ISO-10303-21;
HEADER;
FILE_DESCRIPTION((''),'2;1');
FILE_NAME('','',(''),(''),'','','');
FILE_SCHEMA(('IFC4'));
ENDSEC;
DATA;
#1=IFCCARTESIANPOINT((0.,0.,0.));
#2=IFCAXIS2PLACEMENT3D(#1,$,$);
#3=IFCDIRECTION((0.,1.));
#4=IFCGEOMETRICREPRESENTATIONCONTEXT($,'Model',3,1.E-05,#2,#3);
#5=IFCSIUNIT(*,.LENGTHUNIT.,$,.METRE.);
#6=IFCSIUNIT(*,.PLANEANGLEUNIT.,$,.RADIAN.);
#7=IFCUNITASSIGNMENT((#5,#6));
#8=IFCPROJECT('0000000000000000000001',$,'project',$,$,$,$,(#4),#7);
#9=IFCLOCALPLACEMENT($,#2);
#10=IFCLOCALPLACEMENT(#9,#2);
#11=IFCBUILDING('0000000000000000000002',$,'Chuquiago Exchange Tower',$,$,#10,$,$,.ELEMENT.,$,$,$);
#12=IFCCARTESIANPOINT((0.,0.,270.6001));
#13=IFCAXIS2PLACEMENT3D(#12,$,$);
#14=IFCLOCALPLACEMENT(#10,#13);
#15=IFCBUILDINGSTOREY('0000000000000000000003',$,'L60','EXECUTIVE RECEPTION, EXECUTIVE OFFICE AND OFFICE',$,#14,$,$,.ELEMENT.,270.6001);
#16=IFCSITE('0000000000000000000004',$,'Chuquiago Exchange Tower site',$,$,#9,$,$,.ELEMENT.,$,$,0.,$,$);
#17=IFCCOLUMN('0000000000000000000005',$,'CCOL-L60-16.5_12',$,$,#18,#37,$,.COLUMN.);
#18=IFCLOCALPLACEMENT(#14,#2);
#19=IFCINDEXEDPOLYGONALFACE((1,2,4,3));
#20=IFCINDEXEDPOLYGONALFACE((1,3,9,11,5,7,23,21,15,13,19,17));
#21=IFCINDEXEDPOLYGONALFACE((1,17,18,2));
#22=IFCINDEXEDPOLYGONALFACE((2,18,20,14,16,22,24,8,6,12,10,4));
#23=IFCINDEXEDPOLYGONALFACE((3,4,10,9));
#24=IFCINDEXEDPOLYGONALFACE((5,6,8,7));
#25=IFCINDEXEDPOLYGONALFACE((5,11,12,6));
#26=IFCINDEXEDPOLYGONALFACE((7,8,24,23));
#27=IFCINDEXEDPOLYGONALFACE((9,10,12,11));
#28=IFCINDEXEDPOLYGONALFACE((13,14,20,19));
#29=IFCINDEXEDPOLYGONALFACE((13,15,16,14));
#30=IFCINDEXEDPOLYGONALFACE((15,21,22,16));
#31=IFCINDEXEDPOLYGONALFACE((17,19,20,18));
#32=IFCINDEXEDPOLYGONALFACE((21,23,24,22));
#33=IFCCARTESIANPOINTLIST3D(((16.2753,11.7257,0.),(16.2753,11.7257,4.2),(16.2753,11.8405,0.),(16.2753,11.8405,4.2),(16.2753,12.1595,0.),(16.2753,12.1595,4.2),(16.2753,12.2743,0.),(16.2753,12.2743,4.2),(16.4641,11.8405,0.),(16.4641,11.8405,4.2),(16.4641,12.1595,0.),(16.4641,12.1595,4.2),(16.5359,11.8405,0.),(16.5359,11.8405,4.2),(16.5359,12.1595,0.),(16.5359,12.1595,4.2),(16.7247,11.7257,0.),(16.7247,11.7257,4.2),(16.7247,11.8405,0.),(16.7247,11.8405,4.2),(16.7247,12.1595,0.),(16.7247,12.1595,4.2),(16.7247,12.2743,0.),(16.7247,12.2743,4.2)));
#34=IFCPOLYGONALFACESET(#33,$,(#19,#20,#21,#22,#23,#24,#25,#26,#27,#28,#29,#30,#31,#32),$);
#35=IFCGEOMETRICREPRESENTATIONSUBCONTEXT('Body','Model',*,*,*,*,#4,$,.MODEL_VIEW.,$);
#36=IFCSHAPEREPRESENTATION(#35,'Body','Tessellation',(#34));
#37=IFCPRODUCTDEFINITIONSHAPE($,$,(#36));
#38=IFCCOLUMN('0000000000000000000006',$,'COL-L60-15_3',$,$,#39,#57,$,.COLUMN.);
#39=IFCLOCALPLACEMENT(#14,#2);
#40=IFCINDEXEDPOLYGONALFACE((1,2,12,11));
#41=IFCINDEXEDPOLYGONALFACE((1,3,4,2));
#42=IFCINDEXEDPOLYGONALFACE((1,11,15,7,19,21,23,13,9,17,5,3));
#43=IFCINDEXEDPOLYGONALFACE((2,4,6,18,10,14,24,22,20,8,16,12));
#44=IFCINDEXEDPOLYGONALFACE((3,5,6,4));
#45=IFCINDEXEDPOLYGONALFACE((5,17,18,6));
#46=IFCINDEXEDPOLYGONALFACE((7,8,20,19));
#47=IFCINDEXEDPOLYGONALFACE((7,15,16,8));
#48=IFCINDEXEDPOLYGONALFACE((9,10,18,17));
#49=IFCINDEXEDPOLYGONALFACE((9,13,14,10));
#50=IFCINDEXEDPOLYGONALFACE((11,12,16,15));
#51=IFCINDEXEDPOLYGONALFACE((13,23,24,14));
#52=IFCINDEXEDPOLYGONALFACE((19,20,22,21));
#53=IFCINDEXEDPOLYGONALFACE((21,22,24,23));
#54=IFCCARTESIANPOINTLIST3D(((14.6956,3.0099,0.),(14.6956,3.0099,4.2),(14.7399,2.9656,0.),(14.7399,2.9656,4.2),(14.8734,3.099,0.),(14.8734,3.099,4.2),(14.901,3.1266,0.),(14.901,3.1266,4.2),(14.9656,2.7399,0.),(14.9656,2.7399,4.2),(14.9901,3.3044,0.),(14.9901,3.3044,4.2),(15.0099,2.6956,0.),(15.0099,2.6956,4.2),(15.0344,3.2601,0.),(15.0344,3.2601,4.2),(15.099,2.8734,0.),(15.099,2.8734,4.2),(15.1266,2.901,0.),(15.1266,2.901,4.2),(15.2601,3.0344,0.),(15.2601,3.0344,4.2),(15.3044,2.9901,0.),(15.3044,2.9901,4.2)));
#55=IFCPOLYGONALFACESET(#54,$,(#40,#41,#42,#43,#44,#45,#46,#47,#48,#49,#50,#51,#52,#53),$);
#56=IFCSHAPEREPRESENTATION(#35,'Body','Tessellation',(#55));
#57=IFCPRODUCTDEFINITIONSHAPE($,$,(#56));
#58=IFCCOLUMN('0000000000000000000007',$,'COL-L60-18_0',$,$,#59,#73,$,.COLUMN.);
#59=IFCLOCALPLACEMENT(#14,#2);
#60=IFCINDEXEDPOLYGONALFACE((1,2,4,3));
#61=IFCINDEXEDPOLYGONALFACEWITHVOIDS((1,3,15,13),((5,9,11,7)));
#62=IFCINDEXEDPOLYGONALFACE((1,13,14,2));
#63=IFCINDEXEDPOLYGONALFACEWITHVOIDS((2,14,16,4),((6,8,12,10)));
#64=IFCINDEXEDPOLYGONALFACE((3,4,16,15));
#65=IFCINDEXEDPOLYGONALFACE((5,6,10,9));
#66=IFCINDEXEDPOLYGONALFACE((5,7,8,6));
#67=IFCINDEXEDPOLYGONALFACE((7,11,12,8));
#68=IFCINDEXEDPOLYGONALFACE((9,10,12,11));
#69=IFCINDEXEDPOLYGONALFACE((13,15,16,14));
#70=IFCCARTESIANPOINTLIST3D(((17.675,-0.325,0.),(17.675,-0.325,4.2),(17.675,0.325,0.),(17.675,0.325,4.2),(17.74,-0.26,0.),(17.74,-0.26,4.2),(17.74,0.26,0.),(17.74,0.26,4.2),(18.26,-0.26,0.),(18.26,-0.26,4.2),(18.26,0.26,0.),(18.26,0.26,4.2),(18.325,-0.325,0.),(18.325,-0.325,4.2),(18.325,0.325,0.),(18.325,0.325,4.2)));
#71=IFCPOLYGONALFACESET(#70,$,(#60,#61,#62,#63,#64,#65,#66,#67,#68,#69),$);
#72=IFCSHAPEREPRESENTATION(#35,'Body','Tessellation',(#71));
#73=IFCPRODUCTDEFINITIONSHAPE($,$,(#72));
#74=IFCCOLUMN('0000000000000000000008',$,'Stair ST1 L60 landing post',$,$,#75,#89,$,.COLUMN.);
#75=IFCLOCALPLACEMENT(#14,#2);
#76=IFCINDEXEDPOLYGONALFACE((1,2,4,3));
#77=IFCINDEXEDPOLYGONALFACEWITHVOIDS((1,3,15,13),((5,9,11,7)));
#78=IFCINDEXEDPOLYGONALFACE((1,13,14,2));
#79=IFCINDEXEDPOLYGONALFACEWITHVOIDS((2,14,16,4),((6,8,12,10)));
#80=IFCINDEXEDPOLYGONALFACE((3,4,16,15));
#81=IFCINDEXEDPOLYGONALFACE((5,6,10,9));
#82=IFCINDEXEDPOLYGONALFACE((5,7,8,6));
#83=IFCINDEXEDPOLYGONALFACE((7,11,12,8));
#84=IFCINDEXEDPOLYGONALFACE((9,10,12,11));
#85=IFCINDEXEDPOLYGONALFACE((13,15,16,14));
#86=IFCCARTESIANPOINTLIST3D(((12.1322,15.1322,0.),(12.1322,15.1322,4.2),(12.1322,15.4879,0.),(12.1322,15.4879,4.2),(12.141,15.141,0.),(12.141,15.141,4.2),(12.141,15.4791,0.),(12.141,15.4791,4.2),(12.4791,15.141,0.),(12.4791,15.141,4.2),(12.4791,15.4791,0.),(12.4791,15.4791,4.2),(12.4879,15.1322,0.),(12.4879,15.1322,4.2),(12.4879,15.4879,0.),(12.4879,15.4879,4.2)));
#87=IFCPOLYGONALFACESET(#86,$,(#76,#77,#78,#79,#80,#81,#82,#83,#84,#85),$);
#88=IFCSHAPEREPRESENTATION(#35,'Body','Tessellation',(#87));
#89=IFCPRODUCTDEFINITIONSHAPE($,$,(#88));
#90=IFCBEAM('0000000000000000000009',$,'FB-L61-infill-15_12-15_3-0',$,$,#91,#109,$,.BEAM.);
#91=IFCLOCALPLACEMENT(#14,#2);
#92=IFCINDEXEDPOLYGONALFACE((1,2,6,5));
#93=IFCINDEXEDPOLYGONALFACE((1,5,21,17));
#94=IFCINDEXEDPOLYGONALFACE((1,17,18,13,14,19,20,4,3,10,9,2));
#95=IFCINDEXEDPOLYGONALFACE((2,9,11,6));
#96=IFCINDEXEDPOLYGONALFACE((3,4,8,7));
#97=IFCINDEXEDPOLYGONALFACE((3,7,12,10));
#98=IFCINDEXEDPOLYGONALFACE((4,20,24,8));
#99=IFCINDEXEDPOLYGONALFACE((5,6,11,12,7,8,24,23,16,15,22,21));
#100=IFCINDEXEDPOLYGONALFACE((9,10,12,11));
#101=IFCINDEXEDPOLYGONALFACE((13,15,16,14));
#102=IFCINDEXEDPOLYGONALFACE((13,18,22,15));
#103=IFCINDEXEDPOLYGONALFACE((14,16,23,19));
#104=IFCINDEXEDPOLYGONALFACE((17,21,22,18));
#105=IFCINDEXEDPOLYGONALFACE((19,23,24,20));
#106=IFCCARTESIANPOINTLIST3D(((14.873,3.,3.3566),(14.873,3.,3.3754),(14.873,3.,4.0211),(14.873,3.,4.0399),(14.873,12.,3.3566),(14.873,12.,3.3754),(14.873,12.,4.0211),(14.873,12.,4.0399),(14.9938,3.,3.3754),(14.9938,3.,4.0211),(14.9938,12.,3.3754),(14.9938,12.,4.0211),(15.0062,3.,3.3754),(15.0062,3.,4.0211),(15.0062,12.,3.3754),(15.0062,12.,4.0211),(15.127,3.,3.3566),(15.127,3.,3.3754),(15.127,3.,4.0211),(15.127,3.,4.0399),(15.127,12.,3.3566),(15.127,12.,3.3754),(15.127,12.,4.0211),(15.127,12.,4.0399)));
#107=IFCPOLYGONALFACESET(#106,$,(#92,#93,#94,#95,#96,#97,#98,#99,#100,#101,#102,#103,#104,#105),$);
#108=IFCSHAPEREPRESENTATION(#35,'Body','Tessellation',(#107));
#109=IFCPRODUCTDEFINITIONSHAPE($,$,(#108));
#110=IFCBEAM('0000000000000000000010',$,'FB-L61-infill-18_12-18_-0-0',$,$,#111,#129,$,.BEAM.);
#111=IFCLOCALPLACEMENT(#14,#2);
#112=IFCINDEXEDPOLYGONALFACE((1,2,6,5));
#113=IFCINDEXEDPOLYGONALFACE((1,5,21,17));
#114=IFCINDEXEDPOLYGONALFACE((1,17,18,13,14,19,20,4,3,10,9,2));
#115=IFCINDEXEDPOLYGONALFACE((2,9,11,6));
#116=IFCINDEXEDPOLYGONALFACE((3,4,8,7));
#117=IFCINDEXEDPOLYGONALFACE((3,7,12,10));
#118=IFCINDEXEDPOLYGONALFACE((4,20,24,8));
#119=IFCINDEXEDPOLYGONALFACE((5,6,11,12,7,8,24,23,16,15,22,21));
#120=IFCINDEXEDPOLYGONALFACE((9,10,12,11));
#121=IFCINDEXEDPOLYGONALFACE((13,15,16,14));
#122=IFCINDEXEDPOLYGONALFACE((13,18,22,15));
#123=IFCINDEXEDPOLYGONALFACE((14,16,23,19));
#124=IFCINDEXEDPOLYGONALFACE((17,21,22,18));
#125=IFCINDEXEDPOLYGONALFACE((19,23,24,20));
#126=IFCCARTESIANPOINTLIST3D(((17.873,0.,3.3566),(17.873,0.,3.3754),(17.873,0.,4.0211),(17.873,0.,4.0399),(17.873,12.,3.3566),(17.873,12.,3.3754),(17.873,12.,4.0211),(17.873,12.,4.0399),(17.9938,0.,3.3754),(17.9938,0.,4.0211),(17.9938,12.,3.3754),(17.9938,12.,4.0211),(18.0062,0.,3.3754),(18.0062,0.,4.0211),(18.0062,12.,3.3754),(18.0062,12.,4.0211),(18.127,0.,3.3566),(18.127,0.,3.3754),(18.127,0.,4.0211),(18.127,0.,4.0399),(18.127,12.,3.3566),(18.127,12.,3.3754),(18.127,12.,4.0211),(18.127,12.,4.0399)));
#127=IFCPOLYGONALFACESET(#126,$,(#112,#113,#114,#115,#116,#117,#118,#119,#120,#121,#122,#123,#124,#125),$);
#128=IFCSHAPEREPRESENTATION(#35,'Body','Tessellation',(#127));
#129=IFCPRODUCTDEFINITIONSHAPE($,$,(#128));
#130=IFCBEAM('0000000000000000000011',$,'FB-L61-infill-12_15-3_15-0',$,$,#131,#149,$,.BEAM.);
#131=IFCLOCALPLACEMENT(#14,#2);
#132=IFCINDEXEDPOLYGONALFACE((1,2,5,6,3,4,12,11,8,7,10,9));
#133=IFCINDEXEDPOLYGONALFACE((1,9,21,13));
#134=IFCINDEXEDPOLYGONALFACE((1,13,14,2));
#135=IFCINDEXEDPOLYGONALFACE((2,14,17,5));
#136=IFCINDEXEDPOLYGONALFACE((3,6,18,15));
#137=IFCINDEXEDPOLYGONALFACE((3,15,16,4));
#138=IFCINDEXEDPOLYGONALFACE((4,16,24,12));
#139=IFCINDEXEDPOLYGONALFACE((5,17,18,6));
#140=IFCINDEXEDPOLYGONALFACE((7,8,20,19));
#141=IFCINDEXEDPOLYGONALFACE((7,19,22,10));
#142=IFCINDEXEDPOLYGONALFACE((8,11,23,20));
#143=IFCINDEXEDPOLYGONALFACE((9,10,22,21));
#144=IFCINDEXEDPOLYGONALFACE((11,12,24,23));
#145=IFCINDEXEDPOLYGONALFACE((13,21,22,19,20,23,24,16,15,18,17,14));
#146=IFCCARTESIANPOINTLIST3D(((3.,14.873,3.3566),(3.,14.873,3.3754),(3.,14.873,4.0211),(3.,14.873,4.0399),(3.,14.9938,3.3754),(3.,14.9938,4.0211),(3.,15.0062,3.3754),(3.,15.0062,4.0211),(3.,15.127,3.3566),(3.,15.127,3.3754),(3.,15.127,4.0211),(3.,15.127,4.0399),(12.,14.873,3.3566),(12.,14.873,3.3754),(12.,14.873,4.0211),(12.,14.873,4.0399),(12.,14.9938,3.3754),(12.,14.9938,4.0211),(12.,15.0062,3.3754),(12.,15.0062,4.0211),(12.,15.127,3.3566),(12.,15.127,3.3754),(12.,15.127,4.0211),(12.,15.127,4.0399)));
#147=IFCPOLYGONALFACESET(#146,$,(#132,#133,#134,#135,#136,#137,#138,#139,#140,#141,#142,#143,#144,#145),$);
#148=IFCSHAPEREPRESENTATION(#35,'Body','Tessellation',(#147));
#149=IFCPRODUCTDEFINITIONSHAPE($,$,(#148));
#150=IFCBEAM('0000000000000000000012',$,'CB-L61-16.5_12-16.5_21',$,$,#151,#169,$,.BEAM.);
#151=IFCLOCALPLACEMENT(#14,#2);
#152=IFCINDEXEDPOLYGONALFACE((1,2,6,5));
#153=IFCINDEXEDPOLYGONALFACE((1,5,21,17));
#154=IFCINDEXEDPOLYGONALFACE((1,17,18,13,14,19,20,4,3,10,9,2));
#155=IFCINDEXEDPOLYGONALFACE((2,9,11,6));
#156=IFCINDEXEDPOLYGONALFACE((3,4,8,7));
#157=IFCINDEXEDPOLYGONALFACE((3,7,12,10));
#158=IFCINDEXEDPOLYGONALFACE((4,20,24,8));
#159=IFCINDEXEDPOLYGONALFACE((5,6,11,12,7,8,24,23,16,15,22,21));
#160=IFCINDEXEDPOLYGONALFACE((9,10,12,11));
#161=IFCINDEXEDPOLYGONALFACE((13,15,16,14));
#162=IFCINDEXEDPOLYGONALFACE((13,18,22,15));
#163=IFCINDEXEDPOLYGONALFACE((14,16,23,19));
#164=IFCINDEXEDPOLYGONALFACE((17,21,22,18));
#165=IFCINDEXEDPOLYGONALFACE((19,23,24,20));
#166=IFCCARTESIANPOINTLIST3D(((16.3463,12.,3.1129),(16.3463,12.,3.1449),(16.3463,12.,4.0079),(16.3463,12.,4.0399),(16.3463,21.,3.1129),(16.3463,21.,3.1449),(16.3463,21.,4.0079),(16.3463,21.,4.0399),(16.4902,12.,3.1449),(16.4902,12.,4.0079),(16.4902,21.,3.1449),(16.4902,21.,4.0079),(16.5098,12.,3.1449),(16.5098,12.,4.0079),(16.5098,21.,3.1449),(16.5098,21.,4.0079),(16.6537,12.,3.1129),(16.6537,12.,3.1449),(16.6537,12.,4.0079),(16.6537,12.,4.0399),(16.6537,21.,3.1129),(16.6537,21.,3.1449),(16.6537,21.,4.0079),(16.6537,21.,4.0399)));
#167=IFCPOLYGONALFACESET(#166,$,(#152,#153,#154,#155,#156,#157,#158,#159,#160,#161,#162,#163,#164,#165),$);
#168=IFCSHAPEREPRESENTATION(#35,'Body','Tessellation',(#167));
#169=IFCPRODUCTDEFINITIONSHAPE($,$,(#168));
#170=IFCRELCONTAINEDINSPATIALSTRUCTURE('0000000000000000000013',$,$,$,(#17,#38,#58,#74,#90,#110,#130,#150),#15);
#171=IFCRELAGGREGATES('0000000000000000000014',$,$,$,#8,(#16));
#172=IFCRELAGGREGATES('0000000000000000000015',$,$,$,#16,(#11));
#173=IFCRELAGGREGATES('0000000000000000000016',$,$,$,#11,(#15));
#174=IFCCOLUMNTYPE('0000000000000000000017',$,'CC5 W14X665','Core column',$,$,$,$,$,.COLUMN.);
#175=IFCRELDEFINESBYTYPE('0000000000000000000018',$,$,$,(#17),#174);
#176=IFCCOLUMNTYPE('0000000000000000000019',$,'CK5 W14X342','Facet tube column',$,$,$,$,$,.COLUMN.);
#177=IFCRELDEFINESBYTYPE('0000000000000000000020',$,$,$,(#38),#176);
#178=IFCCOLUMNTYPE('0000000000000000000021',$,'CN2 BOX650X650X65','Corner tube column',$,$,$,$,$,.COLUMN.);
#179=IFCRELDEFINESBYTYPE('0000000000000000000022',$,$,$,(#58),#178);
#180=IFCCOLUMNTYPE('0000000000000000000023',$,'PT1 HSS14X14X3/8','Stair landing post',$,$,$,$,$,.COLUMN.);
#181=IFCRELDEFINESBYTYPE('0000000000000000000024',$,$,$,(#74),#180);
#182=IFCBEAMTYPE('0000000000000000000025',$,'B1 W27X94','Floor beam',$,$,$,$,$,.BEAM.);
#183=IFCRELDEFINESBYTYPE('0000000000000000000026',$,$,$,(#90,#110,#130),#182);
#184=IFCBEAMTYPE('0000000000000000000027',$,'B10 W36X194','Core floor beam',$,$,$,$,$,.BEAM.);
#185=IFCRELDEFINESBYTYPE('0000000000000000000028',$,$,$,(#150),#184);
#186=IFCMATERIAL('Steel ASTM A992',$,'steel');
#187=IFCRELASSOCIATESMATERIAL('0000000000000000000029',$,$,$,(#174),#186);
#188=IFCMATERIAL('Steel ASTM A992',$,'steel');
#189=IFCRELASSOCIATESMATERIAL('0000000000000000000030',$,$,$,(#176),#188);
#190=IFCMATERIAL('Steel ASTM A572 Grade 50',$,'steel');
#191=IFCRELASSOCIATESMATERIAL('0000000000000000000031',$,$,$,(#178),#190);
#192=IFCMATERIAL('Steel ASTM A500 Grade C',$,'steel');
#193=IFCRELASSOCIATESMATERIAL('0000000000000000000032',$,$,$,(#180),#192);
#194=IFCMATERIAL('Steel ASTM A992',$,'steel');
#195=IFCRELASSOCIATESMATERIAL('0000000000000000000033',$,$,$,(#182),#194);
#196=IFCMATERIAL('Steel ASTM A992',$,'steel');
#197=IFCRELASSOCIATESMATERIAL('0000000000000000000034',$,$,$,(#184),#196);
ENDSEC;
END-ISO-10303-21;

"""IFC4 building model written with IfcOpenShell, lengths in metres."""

from ifc_helpers import new_model, si_unit, direction, frame, origin, origin_2d, place, context, subcontext, project, spatial, hollow_rectangle, i_section, extrude, material, material_profile, profile_set, type_object, element, save


model = new_model("IFC4")

# Units and contexts
model_context = context("Model", 3, precision=1e-05, world=origin(), true_north=direction((0.0, 1.0)))
body_context = subcontext(model_context, "Body", "Model", "MODEL_VIEW")
ifc_project = project(units=[si_unit("LENGTHUNIT", "METRE"), si_unit("PLANEANGLEUNIT", "RADIAN")], contexts=[model_context])

# Site, building, storey
site_placement = place(None, origin())
site = spatial("IfcSite", under=ifc_project, at=site_placement, Name="Chuquiago Exchange Tower site", CompositionType="ELEMENT", RefElevation=0.0)
building_placement = place(site_placement, origin())
building = spatial("IfcBuilding", under=site, at=building_placement, Name="Chuquiago Exchange Tower", CompositionType="ELEMENT")
storey_placement = place(building_placement, frame((0.0, 0.0, 270.6001)))
storey = spatial("IfcBuildingStorey", under=building, at=storey_placement, Name="L60", Description="EXECUTIVE RECEPTION, EXECUTIVE OFFICE AND OFFICE", CompositionType="ELEMENT", Elevation=270.6001)

# Columns
ifc_material_1 = material(Name="Steel ASTM A992", Category="steel")
ifc_material_profile_1 = material_profile(ifc_material_1, i_section(OverallWidth=0.4495, OverallDepth=0.5486, WebThickness=0.0718, FlangeThickness=0.1147, at=origin_2d()), Name="W14X665")
ifc_profile_set_1 = profile_set([ifc_material_profile_1], Name="Steel ASTM A992")
column_type_1 = type_object("IfcColumnType", Name="CC5 W14X665", Description="Core column", PredefinedType="COLUMN", material=ifc_profile_set_1)
column_1_placement = place(storey_placement, frame((16.5, 12.0, 0.0), z_axis=(0.0, 0.0, 1.0), x_axis=(1.0, 0.0, 0.0)))
element("IfcColumn", 1, at=column_1_placement, inside=storey, type_object=column_type_1, Name="CCOL-L60-16.5_12", PredefinedType="COLUMN", context=body_context, shape_type="SweptSolid", body=[
    extrude(i_section(OverallWidth=0.4495, OverallDepth=0.5486, WebThickness=0.0718, FlangeThickness=0.1147, at=origin_2d()), origin(), (0.0, 0.0, 1.0), 4.2),
])
ifc_material_2 = material(Name="Steel ASTM A992", Category="steel")
ifc_material_profile_2 = material_profile(ifc_material_2, i_section(OverallWidth=0.4165, OverallDepth=0.4446, WebThickness=0.0391, FlangeThickness=0.0627, at=origin_2d()), Name="W14X342")
ifc_profile_set_2 = profile_set([ifc_material_profile_2], Name="Steel ASTM A992")
column_type_2 = type_object("IfcColumnType", Name="CK5 W14X342", Description="Facet tube column", PredefinedType="COLUMN", material=ifc_profile_set_2)
column_2_placement = place(storey_placement, frame((15.0, 3.0, 0.0), z_axis=(0.0, 0.0, 1.0), x_axis=(-0.707107, -0.707107, 0.0)))
element("IfcColumn", 2, at=column_2_placement, inside=storey, type_object=column_type_2, Name="COL-L60-15_3", PredefinedType="COLUMN", context=body_context, shape_type="SweptSolid", body=[
    extrude(i_section(OverallWidth=0.4165, OverallDepth=0.4446, WebThickness=0.0391, FlangeThickness=0.0627, at=origin_2d()), origin(), (0.0, 0.0, 1.0), 4.2),
])
ifc_material_3 = material(Name="Steel ASTM A572 Grade 50", Category="steel")
ifc_material_profile_3 = material_profile(ifc_material_3, hollow_rectangle(XDim=0.6499, YDim=0.6499, WallThickness=0.0649, at=origin_2d()), Name="BOX650X650X65")
ifc_profile_set_3 = profile_set([ifc_material_profile_3], Name="Steel ASTM A572 Grade 50")
column_type_3 = type_object("IfcColumnType", Name="CN2 BOX650X650X65", Description="Corner tube column", PredefinedType="COLUMN", material=ifc_profile_set_3)
column_3_placement = place(storey_placement, frame((18.0, 0.0, 0.0), z_axis=(0.0, 0.0, 1.0), x_axis=(0.0, -1.0, 0.0)))
element("IfcColumn", 3, at=column_3_placement, inside=storey, type_object=column_type_3, Name="COL-L60-18_0", PredefinedType="COLUMN", context=body_context, shape_type="SweptSolid", body=[
    extrude(hollow_rectangle(XDim=0.6499, YDim=0.6499, WallThickness=0.0649, at=origin_2d()), origin(), (0.0, 0.0, 1.0), 4.2),
])
ifc_material_4 = material(Name="Steel ASTM A500 Grade C", Category="steel")
ifc_material_profile_4 = material_profile(ifc_material_4, hollow_rectangle(XDim=0.3557, YDim=0.3557, WallThickness=0.0088, at=origin_2d()), Name="HSS14X14X3/8")
ifc_profile_set_4 = profile_set([ifc_material_profile_4], Name="Steel ASTM A500 Grade C")
column_type_4 = type_object("IfcColumnType", Name="PT1 HSS14X14X3/8", Description="Stair landing post", PredefinedType="COLUMN", material=ifc_profile_set_4)
column_4_placement = place(storey_placement, frame((12.3101, 15.3101, 0.0), z_axis=(0.0, 0.0, 1.0), x_axis=(1.0, 0.0, 0.0)))
element("IfcColumn", 4, at=column_4_placement, inside=storey, type_object=column_type_4, Name="Stair ST1 L60 landing post", PredefinedType="COLUMN", context=body_context, shape_type="SweptSolid", body=[
    extrude(hollow_rectangle(XDim=0.3557, YDim=0.3557, WallThickness=0.0088, at=origin_2d()), origin(), (0.0, 0.0, 1.0), 4.2),
])

# Beams
ifc_material_5 = material(Name="Steel ASTM A992", Category="steel")
ifc_material_profile_5 = material_profile(ifc_material_5, i_section(OverallWidth=0.2539, OverallDepth=0.6833, WebThickness=0.0125, FlangeThickness=0.0188, at=origin_2d()), Name="W27X94")
ifc_profile_set_5 = profile_set([ifc_material_profile_5], Name="Steel ASTM A992")
beam_type_1 = type_object("IfcBeamType", Name="B1 W27X94", Description="Floor beam", PredefinedType="BEAM", material=ifc_profile_set_5)
beam_1_placement = place(storey_placement, frame((15.0, 12.0, 3.6982), z_axis=(0.0, -1.0, 0.0), x_axis=(1.0, 0.0, 0.0)))
element("IfcBeam", 5, at=beam_1_placement, inside=storey, type_object=beam_type_1, Name="FB-L61-infill-15_12-15_3-0", PredefinedType="BEAM", context=body_context, shape_type="SweptSolid", body=[
    extrude(i_section(OverallWidth=0.2539, OverallDepth=0.6833, WebThickness=0.0125, FlangeThickness=0.0188, at=origin_2d()), origin(), (0.0, 0.0, 1.0), 9.0),
])
beam_2_placement = place(storey_placement, frame((18.0, 12.0, 3.6982), z_axis=(0.0, -1.0, 0.0), x_axis=(1.0, 0.0, 0.0)))
element("IfcBeam", 6, at=beam_2_placement, inside=storey, type_object=beam_type_1, Name="FB-L61-infill-18_12-18_-0-0", PredefinedType="BEAM", context=body_context, shape_type="SweptSolid", body=[
    extrude(i_section(OverallWidth=0.2539, OverallDepth=0.6833, WebThickness=0.0125, FlangeThickness=0.0188, at=origin_2d()), origin(), (0.0, 0.0, 1.0), 12.0),
])
beam_3_placement = place(storey_placement, frame((12.0, 15.0, 3.6982), z_axis=(-1.0, 0.0, 0.0), x_axis=(0.0, -1.0, 0.0)))
element("IfcBeam", 7, at=beam_3_placement, inside=storey, type_object=beam_type_1, Name="FB-L61-infill-12_15-3_15-0", PredefinedType="BEAM", context=body_context, shape_type="SweptSolid", body=[
    extrude(i_section(OverallWidth=0.2539, OverallDepth=0.6833, WebThickness=0.0125, FlangeThickness=0.0188, at=origin_2d()), origin(), (0.0, 0.0, 1.0), 9.0),
])
ifc_material_6 = material(Name="Steel ASTM A992", Category="steel")
ifc_material_profile_6 = material_profile(ifc_material_6, i_section(OverallWidth=0.3074, OverallDepth=0.927, WebThickness=0.0195, FlangeThickness=0.032, at=origin_2d()), Name="W36X194")
ifc_profile_set_6 = profile_set([ifc_material_profile_6], Name="Steel ASTM A992")
beam_type_2 = type_object("IfcBeamType", Name="B10 W36X194", Description="Core floor beam", PredefinedType="BEAM", material=ifc_profile_set_6)
beam_4_placement = place(storey_placement, frame((16.5, 12.0, 3.5764), z_axis=(0.0, 1.0, 0.0), x_axis=(-1.0, 0.0, 0.0)))
element("IfcBeam", 8, at=beam_4_placement, inside=storey, type_object=beam_type_2, Name="CB-L61-16.5_12-16.5_21", PredefinedType="BEAM", context=body_context, shape_type="SweptSolid", body=[
    extrude(i_section(OverallWidth=0.3074, OverallDepth=0.927, WebThickness=0.0195, FlangeThickness=0.032, at=origin_2d()), origin(), (0.0, 0.0, 1.0), 9.0),
])

save(model, "model.ifc")
